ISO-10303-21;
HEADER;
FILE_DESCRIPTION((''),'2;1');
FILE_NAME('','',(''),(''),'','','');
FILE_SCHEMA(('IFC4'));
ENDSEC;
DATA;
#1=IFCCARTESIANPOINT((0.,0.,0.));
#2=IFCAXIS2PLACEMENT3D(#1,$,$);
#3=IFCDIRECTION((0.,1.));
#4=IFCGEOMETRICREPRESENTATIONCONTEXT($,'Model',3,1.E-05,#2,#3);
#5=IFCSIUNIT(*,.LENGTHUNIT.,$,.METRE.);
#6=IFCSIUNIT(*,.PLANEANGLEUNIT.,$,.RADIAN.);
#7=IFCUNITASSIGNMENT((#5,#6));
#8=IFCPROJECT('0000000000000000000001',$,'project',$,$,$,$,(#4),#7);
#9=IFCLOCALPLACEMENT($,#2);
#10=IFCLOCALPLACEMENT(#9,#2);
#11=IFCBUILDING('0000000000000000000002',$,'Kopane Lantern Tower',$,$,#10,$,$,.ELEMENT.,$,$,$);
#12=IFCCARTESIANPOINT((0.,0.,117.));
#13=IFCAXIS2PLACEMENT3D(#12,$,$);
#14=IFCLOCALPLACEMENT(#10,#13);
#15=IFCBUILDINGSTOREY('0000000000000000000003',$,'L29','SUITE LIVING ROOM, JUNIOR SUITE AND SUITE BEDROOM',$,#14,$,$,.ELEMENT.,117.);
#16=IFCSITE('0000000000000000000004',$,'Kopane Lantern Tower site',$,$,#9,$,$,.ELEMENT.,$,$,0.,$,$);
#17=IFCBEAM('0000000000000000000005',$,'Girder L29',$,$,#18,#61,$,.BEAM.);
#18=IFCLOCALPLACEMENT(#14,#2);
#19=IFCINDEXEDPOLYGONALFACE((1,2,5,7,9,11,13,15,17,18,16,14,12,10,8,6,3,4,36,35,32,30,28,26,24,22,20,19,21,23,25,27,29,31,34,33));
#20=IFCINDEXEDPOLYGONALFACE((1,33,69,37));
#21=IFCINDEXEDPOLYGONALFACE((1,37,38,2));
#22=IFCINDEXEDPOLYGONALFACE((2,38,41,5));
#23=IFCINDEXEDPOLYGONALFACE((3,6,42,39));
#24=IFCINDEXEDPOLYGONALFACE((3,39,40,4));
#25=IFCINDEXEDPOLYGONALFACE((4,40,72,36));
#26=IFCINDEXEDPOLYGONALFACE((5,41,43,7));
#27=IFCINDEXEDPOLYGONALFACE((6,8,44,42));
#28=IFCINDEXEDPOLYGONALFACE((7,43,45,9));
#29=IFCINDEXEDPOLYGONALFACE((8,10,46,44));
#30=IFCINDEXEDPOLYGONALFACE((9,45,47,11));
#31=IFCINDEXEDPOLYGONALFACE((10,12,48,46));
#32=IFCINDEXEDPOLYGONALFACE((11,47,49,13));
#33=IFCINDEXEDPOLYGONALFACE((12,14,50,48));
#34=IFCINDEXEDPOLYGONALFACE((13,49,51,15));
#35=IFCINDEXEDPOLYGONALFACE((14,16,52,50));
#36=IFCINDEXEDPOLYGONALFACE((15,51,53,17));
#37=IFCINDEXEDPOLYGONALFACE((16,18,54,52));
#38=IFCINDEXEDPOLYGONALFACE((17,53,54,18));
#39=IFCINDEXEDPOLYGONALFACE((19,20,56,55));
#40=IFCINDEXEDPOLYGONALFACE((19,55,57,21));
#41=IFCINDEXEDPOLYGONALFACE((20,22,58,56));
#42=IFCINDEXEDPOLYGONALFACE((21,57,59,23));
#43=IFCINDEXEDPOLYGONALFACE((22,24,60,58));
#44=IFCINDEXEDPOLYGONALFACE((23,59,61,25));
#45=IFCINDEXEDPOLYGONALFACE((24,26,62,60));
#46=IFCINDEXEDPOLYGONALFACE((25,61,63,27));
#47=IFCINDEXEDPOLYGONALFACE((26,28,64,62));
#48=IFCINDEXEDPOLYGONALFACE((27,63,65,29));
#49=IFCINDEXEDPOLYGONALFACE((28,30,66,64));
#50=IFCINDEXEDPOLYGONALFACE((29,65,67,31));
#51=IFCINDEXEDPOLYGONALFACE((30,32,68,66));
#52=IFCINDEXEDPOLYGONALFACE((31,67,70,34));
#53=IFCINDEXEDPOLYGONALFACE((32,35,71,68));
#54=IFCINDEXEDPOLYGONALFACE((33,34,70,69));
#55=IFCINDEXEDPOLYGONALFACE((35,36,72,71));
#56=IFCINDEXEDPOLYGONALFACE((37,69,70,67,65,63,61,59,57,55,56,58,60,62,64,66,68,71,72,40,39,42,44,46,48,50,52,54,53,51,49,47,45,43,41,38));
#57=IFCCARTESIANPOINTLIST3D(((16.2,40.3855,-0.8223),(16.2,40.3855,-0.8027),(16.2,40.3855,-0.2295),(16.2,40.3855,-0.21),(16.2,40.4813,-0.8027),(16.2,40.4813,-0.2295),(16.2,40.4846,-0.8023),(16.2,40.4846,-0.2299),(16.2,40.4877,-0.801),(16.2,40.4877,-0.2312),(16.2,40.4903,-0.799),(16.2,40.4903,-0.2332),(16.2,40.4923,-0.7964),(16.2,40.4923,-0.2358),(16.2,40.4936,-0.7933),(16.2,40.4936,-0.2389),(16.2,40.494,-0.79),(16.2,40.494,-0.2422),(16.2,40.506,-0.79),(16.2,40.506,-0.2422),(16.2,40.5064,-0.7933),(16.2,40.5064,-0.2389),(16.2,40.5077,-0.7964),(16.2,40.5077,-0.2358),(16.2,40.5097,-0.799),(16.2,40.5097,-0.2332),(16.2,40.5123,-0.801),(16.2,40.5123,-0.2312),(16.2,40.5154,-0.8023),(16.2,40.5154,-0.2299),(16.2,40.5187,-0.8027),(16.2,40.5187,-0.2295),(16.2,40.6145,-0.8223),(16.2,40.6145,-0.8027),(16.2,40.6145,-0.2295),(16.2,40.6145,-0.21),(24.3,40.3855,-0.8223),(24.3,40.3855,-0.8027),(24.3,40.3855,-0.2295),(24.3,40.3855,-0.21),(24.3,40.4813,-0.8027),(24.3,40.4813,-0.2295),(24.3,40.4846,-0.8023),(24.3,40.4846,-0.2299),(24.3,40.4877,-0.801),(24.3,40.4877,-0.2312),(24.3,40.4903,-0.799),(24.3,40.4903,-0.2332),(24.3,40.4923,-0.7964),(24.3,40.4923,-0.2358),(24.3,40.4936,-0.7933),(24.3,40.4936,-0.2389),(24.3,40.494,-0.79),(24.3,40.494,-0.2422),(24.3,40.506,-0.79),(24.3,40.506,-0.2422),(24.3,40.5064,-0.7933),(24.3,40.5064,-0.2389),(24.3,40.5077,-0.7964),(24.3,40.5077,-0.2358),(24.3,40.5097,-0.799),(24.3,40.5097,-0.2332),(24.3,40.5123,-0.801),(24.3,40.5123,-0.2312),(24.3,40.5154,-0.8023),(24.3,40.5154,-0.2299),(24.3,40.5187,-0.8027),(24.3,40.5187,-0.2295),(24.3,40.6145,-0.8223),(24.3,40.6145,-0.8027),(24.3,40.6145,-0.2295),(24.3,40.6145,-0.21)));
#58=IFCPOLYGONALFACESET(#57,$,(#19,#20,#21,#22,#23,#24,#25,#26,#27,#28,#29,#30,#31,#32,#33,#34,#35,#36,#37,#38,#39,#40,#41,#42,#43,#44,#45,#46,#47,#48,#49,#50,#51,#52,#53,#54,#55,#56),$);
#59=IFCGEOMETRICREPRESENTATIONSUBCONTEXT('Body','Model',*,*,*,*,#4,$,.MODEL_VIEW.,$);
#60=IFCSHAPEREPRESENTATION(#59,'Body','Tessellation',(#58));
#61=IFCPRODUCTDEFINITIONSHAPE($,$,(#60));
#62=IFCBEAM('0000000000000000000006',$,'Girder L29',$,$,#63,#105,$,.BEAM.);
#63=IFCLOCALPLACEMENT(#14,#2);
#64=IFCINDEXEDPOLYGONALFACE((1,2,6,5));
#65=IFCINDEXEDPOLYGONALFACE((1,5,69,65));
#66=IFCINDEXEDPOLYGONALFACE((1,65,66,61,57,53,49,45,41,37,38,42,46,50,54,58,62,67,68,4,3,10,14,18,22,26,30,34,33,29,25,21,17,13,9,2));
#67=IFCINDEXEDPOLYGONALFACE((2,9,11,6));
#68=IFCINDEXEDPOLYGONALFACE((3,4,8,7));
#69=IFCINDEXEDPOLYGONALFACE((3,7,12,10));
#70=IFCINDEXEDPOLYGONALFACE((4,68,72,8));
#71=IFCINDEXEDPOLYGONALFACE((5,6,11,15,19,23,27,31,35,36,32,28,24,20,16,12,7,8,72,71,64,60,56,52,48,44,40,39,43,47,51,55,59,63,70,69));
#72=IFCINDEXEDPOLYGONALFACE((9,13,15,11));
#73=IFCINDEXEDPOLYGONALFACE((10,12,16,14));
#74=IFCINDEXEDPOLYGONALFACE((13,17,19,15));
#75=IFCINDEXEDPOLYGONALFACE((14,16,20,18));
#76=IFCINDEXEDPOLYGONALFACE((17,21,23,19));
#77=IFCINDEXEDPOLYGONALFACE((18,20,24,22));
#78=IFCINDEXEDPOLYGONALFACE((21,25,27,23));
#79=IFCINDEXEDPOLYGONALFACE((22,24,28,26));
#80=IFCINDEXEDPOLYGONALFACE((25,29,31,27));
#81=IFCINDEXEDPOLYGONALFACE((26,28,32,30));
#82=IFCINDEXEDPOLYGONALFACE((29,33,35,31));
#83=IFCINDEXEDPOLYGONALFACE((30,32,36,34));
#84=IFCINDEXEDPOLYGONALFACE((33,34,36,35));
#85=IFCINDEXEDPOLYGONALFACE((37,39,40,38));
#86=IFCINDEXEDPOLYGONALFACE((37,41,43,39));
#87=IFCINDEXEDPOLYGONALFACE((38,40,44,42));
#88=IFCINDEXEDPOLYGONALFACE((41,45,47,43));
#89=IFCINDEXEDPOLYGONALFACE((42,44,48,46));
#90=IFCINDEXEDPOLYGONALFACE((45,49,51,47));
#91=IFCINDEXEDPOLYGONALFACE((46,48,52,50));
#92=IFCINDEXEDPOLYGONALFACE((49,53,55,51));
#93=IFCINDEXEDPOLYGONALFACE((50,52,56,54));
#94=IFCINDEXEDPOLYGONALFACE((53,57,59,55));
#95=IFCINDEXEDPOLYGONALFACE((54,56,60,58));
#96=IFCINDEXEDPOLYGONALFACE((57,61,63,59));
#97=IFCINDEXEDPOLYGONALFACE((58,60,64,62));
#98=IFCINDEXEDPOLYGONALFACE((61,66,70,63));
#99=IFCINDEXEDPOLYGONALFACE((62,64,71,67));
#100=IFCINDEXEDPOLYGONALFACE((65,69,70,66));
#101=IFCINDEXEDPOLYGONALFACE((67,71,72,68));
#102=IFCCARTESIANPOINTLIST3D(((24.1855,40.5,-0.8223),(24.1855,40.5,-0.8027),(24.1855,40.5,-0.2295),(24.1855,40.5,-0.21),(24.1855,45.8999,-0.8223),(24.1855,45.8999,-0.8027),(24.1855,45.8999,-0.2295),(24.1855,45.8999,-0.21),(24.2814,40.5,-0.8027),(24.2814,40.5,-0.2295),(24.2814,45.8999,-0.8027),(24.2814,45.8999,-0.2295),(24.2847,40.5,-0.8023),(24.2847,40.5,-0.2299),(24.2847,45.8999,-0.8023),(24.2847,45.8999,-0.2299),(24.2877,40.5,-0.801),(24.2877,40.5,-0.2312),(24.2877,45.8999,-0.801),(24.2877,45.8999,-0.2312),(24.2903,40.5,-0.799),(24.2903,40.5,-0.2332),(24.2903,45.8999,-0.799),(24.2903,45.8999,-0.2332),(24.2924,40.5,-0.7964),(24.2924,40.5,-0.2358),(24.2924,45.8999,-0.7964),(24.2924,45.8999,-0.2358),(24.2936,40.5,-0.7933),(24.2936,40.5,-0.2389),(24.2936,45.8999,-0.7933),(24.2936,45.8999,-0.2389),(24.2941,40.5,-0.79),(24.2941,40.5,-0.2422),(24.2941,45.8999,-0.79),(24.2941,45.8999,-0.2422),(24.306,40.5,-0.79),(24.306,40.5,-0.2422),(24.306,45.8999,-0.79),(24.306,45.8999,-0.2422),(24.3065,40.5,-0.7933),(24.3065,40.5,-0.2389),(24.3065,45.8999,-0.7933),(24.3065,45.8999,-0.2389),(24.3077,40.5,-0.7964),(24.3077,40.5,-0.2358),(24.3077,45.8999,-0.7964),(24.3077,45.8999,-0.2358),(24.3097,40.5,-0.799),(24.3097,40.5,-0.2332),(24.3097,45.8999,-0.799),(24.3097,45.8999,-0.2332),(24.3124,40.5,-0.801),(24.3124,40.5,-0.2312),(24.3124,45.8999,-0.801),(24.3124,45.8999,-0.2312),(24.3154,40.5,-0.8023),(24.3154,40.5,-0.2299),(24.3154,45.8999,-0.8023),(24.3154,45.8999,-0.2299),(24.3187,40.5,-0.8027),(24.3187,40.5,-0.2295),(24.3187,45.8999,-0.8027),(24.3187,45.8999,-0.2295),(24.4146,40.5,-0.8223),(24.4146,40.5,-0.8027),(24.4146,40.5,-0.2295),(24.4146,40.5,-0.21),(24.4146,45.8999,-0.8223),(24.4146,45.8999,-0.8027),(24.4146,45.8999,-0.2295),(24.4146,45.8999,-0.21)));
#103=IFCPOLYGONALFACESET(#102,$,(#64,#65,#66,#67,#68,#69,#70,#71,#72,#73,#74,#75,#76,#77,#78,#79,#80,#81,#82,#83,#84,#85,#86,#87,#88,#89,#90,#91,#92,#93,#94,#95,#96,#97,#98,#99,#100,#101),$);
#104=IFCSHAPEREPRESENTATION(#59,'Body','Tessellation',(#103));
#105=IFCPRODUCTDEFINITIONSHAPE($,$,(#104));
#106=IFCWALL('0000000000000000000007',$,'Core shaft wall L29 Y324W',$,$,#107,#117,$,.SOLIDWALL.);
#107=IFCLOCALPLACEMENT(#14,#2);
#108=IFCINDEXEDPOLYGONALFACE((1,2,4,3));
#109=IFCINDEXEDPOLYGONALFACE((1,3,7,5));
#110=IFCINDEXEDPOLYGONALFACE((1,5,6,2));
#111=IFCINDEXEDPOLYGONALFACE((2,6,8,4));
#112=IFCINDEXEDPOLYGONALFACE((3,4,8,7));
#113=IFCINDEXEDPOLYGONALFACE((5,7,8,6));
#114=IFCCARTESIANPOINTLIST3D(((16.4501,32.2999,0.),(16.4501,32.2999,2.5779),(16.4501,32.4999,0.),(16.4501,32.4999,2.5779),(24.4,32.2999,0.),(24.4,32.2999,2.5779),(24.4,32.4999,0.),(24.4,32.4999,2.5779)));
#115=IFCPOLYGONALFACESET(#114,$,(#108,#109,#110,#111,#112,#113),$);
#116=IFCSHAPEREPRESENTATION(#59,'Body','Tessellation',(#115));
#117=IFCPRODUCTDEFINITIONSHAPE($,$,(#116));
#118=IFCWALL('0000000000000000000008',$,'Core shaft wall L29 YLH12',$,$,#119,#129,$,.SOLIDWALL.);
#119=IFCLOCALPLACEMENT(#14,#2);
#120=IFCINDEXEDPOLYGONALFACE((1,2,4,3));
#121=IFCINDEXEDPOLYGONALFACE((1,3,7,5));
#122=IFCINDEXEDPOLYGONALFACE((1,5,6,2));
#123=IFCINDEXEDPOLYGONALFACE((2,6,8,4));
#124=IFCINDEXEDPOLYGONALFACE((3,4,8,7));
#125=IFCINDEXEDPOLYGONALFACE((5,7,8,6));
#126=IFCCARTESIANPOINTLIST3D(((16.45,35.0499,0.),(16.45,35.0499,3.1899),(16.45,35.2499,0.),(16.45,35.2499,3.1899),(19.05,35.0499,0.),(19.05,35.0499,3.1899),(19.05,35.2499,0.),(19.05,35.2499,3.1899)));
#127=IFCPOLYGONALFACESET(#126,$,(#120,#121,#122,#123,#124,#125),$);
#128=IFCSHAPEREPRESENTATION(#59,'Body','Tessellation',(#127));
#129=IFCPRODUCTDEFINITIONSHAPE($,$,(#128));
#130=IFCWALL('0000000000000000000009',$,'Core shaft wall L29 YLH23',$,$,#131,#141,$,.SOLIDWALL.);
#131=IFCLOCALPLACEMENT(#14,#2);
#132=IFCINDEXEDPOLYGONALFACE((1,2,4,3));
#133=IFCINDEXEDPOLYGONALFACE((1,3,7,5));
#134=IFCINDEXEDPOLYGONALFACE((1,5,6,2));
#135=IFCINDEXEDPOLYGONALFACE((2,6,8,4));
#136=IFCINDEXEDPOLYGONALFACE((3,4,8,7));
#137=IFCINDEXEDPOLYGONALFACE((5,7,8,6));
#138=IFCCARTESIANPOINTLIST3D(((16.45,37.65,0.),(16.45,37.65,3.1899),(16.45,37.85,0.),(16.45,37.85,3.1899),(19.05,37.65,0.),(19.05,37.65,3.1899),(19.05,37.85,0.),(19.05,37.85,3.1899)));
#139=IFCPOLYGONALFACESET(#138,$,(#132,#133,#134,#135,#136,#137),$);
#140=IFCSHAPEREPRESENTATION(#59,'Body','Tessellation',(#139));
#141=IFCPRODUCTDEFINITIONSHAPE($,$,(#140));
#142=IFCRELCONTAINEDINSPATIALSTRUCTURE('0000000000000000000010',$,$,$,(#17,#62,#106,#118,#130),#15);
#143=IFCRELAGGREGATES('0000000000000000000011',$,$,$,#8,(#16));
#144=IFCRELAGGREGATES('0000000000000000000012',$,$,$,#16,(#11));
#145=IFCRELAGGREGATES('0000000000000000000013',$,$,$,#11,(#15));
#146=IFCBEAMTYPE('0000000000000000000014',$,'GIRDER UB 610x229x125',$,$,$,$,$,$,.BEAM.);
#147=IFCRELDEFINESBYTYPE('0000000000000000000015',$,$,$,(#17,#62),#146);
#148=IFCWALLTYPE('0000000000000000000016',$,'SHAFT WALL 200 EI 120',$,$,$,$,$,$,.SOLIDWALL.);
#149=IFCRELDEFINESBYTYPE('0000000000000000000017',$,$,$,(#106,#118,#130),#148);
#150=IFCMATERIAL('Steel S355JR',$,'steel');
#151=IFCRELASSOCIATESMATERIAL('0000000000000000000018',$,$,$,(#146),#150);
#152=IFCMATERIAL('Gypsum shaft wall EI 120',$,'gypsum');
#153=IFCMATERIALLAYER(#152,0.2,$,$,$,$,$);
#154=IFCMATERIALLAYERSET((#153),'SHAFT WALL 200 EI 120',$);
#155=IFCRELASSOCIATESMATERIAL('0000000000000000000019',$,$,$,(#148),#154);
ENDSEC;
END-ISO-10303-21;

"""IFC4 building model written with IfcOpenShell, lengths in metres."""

from ifc_helpers import new_model, si_unit, direction, frame, frame_2d, origin, origin_2d, place, context, subcontext, project, spatial, rectangle, i_section, extrude, material, layer, layer_set, material_profile, profile_set, type_object, element, save


model = new_model("IFC4")

# Units and contexts
model_context = context("Model", 3, precision=1e-05, world=origin(), true_north=direction((0.0, 1.0)))
body_context = subcontext(model_context, "Body", "Model", "MODEL_VIEW")
ifc_project = project(units=[si_unit("LENGTHUNIT", "METRE"), si_unit("PLANEANGLEUNIT", "RADIAN")], contexts=[model_context])

# Site, building, storey
site_placement = place(None, origin())
site = spatial("IfcSite", under=ifc_project, at=site_placement, Name="Kopane Lantern Tower site", CompositionType="ELEMENT", RefElevation=0.0)
building_placement = place(site_placement, origin())
building = spatial("IfcBuilding", under=site, at=building_placement, Name="Kopane Lantern Tower", CompositionType="ELEMENT")
storey_placement = place(building_placement, frame((0.0, 0.0, 117.0)))
storey = spatial("IfcBuildingStorey", under=building, at=storey_placement, Name="L29", Description="SUITE LIVING ROOM, JUNIOR SUITE AND SUITE BEDROOM", CompositionType="ELEMENT", Elevation=117.0)

# Beams
ifc_material_1 = material(Name="Steel S355JR", Category="steel")
ifc_material_profile_1 = material_profile(ifc_material_1, i_section(OverallWidth=0.229, OverallDepth=0.6123, WebThickness=0.012, FlangeThickness=0.0195, FilletRadius=0.0127, at=origin_2d()), Name="UB 610x229x125")
ifc_profile_set_1 = profile_set([ifc_material_profile_1], Name="Steel S355JR")
beam_type_1 = type_object("IfcBeamType", Name="GIRDER UB 610x229x125", PredefinedType="BEAM", material=ifc_profile_set_1)
beam_1_placement = place(storey_placement, frame((16.2, 40.5, -0.5161), z_axis=(1.0, 0.0, 0.0), x_axis=(0.0, 1.0, 0.0)))
element("IfcBeam", 1, at=beam_1_placement, inside=storey, type_object=beam_type_1, Name="Girder L29", PredefinedType="BEAM", context=body_context, shape_type="SweptSolid", body=[
    extrude(i_section(OverallWidth=0.229, OverallDepth=0.6123, WebThickness=0.012, FlangeThickness=0.0195, FilletRadius=0.0127, at=origin_2d()), origin(), (0.0, 0.0, 1.0), 8.1001),
])
beam_2_placement = place(storey_placement, frame((24.3, 40.5, -0.5161), z_axis=(0.0, 1.0, 0.0), x_axis=(-1.0, 0.0, 0.0)))
element("IfcBeam", 2, at=beam_2_placement, inside=storey, type_object=beam_type_1, Name="Girder L29", PredefinedType="BEAM", context=body_context, shape_type="SweptSolid", body=[
    extrude(i_section(OverallWidth=0.229, OverallDepth=0.6123, WebThickness=0.012, FlangeThickness=0.0195, FilletRadius=0.0127, at=origin_2d()), origin(), (0.0, 0.0, 1.0), 5.3999),
])

# Walls
ifc_material_2 = material(Name="Gypsum shaft wall EI 120", Category="gypsum")
ifc_layer_1 = layer(ifc_material_2, 0.2)
ifc_layer_set_1 = layer_set([ifc_layer_1], Name="SHAFT WALL 200 EI 120")
wall_type_1 = type_object("IfcWallType", Name="SHAFT WALL 200 EI 120", PredefinedType="SOLIDWALL", material=ifc_layer_set_1)
wall_1_placement = place(storey_placement, frame((16.45, 32.3999, 0.0), z_axis=(0.0, 0.0, 1.0), x_axis=(1.0, 0.0, 0.0)))
element("IfcWall", 3, at=wall_1_placement, inside=storey, type_object=wall_type_1, Name="Core shaft wall L29 Y324W", PredefinedType="SOLIDWALL", context=body_context, shape_type="SweptSolid", body=[
    extrude(rectangle(XDim=7.95, YDim=0.2, at=frame_2d((3.9751, 0.0))), origin(), (0.0, 0.0, 1.0), 2.5779),
])
for number, where, z_axis, x_axis, name in (
    (4, (16.45, 35.1499, 0.0), (0.0, 0.0, 1.0), (1.0, 0.0, 0.0), "Core shaft wall L29 YLH12"),
    (5, (16.45, 37.75, 0.0), (0.0, 0.0, 1.0), (1.0, 0.0, 0.0), "Core shaft wall L29 YLH23"),
):
    element("IfcWall", number, at=place(storey_placement, frame(where, z_axis=z_axis, x_axis=x_axis)), inside=storey, type_object=wall_type_1, Name=name, PredefinedType="SOLIDWALL", context=body_context, shape_type="SweptSolid", body=[
        extrude(rectangle(XDim=2.6001, YDim=0.2, at=frame_2d((1.3, 0.0))), origin(), (0.0, 0.0, 1.0), 3.1899),
    ])

save(model, "model.ifc")
